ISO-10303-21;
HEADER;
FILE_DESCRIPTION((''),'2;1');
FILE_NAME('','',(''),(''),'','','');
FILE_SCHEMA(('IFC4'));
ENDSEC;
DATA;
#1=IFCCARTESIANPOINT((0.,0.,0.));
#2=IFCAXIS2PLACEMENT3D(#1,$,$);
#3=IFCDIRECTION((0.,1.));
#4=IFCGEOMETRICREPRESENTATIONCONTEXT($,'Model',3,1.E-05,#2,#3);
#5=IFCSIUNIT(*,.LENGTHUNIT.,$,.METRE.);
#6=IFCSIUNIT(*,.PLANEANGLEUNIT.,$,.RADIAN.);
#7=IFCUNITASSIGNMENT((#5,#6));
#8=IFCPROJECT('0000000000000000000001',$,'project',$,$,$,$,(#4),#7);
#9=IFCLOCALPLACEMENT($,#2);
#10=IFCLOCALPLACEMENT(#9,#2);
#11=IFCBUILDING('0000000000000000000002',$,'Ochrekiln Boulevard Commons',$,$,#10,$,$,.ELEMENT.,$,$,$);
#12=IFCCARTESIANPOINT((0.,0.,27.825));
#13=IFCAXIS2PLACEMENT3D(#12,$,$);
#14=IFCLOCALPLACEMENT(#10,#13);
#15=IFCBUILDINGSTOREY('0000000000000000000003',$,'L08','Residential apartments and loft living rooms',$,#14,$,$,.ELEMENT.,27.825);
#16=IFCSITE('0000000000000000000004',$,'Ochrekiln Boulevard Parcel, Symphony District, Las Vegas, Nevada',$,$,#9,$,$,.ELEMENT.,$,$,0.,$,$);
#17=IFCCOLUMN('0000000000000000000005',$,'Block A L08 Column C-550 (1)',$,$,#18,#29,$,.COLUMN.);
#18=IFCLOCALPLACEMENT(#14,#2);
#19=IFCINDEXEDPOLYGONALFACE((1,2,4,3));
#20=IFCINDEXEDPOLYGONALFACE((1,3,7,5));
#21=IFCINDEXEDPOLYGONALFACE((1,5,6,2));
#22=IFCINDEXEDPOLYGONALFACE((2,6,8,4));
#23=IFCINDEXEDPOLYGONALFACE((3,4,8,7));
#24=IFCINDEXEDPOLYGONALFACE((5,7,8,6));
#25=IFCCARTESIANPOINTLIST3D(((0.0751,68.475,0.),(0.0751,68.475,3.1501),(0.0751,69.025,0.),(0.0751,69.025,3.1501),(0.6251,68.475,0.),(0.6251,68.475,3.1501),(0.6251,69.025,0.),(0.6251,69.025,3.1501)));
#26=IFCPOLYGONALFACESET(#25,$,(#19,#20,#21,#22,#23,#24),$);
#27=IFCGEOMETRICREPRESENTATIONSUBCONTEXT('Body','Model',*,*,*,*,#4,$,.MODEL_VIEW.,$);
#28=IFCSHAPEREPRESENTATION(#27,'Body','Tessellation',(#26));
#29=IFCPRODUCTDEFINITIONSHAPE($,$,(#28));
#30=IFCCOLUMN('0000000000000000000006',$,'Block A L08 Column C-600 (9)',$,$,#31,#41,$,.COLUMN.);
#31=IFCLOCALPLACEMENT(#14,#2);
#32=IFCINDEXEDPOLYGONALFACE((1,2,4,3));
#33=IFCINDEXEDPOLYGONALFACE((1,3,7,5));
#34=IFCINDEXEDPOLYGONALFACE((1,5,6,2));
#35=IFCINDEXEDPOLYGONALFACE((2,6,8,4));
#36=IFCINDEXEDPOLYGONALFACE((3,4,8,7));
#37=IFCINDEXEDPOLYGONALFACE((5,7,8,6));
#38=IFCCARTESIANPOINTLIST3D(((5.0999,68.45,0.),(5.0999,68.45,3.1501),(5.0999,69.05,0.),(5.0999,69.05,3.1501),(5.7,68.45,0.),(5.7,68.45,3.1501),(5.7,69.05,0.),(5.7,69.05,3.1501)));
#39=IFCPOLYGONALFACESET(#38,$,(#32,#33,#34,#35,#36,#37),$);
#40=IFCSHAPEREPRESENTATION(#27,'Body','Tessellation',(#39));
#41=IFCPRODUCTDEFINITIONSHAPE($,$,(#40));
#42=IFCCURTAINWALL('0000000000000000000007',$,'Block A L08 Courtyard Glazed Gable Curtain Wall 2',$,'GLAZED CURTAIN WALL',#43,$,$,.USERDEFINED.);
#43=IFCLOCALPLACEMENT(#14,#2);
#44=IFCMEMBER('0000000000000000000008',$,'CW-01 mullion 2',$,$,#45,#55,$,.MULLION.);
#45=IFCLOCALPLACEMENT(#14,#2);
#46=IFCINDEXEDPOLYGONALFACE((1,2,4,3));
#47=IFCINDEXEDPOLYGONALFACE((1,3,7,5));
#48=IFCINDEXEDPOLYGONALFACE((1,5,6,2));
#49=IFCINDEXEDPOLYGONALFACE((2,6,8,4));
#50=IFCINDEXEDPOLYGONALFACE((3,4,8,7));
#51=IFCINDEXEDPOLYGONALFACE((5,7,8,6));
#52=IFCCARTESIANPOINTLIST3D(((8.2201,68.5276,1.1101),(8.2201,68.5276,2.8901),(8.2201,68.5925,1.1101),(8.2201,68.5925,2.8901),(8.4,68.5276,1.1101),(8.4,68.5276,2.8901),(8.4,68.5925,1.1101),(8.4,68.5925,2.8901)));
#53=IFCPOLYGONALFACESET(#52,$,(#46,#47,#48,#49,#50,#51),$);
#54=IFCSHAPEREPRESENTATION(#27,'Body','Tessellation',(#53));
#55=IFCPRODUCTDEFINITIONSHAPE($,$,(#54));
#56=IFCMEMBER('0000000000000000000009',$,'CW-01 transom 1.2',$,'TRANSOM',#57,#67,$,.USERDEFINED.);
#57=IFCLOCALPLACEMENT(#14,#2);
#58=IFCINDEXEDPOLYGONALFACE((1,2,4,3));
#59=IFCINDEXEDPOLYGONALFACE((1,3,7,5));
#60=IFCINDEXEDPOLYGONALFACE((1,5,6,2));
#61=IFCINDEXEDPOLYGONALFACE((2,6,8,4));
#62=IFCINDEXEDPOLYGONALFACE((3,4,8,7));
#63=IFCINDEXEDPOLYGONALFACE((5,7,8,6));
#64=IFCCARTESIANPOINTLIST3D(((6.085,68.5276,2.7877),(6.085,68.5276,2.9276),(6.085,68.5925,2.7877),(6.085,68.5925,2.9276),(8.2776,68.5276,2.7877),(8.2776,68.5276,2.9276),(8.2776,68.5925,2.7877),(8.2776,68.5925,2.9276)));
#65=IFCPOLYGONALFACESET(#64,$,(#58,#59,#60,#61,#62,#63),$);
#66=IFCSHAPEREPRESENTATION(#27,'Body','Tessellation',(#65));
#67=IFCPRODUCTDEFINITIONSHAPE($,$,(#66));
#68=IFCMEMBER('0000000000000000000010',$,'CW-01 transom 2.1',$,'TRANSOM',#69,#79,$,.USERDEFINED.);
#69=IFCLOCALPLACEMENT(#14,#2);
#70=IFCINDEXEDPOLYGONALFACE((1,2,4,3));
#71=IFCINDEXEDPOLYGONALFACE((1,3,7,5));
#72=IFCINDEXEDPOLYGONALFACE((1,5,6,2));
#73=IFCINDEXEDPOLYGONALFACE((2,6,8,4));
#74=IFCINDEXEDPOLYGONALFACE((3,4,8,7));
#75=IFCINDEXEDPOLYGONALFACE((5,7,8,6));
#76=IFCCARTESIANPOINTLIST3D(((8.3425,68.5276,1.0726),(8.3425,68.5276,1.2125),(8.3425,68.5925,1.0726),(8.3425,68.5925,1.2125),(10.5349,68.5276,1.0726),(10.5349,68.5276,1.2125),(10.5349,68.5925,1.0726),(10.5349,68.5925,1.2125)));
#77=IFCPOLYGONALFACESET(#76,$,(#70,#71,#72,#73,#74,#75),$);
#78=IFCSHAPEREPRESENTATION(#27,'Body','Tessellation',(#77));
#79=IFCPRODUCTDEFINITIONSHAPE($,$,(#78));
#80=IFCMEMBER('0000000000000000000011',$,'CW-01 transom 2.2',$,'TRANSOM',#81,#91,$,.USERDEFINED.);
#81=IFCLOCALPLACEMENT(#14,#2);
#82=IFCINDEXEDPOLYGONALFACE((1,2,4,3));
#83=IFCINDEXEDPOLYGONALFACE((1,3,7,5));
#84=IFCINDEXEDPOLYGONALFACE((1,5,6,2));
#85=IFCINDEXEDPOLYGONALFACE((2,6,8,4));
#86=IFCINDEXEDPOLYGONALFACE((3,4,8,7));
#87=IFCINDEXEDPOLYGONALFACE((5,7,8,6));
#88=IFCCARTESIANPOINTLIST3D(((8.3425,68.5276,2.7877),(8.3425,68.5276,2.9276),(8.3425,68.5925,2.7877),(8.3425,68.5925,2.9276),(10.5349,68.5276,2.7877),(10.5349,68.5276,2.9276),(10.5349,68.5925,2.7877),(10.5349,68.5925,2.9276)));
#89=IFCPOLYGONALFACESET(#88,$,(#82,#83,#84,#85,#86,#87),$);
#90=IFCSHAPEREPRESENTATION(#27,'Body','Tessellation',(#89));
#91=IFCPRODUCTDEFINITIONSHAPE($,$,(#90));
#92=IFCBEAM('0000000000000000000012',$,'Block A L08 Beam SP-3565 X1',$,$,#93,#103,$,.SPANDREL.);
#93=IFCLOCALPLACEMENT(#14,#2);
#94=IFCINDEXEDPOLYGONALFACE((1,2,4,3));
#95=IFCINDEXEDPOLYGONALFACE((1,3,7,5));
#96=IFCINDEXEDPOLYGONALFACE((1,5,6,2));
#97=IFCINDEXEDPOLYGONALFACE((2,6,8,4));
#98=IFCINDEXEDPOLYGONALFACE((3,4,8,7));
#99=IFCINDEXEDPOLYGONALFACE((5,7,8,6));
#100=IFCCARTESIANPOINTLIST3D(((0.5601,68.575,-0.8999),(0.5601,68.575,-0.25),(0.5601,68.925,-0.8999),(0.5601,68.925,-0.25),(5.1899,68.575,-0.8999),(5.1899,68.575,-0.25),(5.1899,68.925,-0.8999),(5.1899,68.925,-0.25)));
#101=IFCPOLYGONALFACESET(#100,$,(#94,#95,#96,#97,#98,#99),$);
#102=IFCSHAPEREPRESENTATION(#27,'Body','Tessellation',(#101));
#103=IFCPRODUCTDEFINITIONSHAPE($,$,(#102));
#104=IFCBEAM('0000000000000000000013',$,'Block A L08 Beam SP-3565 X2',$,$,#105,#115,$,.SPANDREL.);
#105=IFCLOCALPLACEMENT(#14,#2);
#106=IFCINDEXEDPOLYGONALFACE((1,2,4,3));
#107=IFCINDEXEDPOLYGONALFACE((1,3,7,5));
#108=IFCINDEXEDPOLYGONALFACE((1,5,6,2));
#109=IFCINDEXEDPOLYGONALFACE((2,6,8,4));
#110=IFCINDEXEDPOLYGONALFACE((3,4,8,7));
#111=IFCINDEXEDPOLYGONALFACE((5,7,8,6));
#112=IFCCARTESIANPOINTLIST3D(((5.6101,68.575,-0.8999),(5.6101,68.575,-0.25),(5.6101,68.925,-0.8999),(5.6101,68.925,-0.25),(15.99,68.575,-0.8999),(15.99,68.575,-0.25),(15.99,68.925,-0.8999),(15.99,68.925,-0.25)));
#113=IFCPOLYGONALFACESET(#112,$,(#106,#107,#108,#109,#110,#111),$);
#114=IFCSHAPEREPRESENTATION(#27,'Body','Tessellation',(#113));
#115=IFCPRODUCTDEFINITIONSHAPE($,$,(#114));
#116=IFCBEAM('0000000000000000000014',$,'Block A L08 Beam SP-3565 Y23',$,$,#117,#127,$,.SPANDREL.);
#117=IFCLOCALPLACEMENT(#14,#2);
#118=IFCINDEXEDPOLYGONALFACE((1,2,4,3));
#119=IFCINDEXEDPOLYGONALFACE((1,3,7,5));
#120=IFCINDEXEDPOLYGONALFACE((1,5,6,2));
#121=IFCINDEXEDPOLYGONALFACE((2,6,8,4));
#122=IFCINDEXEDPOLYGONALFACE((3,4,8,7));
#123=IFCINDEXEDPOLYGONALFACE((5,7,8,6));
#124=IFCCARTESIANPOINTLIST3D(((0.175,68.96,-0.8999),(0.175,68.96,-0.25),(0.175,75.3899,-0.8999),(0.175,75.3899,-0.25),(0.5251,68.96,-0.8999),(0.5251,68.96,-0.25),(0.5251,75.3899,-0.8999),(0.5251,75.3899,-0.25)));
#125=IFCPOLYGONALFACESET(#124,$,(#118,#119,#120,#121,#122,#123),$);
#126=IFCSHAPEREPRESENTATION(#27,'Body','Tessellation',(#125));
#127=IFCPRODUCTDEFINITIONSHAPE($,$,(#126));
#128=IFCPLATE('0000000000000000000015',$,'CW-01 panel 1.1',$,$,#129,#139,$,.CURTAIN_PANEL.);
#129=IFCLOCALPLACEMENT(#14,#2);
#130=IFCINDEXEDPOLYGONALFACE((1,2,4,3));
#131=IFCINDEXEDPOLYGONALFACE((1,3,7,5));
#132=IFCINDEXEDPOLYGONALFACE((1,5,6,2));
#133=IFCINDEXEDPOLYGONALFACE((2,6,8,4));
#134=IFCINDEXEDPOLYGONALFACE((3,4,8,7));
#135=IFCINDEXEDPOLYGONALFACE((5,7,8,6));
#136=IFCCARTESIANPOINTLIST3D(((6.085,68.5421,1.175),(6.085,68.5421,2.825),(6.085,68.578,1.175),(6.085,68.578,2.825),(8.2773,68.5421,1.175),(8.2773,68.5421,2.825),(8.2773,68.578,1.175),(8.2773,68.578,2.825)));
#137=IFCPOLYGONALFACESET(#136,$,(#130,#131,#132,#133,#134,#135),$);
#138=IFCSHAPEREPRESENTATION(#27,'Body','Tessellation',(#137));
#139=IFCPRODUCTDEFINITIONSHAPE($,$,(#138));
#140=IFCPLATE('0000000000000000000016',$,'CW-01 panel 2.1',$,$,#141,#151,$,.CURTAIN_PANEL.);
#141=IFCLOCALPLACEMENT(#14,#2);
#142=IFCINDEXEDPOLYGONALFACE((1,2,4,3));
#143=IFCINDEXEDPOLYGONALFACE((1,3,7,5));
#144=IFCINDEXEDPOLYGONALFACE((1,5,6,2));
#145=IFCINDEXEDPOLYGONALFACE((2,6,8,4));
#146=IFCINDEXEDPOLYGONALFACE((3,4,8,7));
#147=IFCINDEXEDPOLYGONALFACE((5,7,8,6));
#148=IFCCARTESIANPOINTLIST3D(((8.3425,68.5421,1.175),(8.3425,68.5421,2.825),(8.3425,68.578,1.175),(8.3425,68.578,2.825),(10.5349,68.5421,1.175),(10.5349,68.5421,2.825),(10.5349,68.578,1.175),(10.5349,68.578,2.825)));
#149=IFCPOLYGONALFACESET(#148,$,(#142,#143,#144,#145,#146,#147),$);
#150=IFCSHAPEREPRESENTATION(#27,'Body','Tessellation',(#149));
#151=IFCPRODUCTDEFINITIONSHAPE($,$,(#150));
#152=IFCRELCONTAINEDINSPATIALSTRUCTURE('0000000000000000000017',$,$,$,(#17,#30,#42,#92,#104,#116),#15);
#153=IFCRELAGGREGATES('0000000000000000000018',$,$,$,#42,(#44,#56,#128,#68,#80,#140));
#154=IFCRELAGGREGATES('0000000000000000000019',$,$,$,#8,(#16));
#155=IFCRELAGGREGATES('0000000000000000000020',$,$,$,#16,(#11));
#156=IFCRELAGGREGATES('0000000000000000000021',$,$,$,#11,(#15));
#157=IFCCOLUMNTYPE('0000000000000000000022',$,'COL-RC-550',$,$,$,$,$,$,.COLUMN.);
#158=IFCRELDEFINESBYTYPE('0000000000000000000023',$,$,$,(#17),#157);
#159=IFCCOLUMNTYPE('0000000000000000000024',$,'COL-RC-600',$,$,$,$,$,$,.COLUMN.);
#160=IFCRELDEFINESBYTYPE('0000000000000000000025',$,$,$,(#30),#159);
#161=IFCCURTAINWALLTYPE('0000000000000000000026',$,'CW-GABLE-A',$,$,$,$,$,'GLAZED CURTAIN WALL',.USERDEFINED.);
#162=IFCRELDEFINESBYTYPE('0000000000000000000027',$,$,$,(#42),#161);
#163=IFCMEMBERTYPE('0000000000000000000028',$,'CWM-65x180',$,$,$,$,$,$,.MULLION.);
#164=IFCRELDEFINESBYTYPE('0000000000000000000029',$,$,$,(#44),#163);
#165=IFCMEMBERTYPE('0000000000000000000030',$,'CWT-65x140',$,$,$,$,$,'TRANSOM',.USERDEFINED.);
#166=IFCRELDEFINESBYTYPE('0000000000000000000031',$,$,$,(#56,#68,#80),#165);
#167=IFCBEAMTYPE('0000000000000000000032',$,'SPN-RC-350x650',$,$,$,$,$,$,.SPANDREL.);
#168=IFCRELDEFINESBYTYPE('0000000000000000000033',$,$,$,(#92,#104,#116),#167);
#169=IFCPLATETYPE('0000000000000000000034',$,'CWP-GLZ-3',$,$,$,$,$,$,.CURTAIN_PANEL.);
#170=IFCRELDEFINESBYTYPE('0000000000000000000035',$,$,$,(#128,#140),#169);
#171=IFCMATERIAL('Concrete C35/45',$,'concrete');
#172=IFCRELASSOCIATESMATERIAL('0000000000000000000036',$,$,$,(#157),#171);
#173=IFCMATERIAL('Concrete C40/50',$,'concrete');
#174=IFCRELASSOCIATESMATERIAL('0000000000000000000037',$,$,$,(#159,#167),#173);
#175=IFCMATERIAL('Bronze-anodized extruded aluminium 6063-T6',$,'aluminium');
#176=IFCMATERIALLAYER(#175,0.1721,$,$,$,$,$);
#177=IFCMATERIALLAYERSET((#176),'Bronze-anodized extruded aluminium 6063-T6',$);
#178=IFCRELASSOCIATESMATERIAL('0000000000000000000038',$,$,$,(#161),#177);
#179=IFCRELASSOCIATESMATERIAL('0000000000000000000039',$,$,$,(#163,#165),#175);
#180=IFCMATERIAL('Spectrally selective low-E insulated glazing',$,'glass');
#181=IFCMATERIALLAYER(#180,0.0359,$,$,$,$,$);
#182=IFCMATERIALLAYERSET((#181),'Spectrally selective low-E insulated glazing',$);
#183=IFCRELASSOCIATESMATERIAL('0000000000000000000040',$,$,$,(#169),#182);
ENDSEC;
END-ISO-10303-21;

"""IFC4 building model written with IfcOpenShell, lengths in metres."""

from ifc_helpers import new_model, si_unit, direction, frame, origin, origin_2d, place, context, subcontext, project, spatial, rectangle, extrude, material, layer, layer_set, material_profile, profile_set, type_object, element, aggregate, save


model = new_model("IFC4")

# Units and contexts
model_context = context("Model", 3, precision=1e-05, world=origin(), true_north=direction((0.0, 1.0)))
body_context = subcontext(model_context, "Body", "Model", "MODEL_VIEW")
ifc_project = project(units=[si_unit("LENGTHUNIT", "METRE"), si_unit("PLANEANGLEUNIT", "RADIAN")], contexts=[model_context])

# Site, building, storey
site_placement = place(None, origin())
site = spatial("IfcSite", under=ifc_project, at=site_placement, Name="Ochrekiln Boulevard Parcel, Symphony District, Las Vegas, Nevada", CompositionType="ELEMENT", RefElevation=0.0)
building_placement = place(site_placement, origin())
building = spatial("IfcBuilding", under=site, at=building_placement, Name="Ochrekiln Boulevard Commons", CompositionType="ELEMENT")
storey_placement = place(building_placement, frame((0.0, 0.0, 27.825)))
storey = spatial("IfcBuildingStorey", under=building, at=storey_placement, Name="L08", Description="Residential apartments and loft living rooms", CompositionType="ELEMENT", Elevation=27.825)

# Columns
ifc_material_1 = material(Name="Concrete C35/45", Category="concrete")
ifc_material_profile_1 = material_profile(ifc_material_1, rectangle(XDim=0.55, YDim=0.55, at=origin_2d()), Name="RC-COL-550x550")
ifc_profile_set_1 = profile_set([ifc_material_profile_1], Name="Concrete C35/45")
column_type_1 = type_object("IfcColumnType", Name="COL-RC-550", PredefinedType="COLUMN", material=ifc_profile_set_1)
column_1_placement = place(storey_placement, frame((0.3501, 68.75, 0.0), z_axis=(0.0, 0.0, 1.0), x_axis=(1.0, 0.0, 0.0)))
element("IfcColumn", 1, at=column_1_placement, inside=storey, type_object=column_type_1, Name="Block A L08 Column C-550 (1)", PredefinedType="COLUMN", context=body_context, shape_type="SweptSolid", body=[
    extrude(rectangle(XDim=0.55, YDim=0.55, at=origin_2d()), origin(), (0.0, 0.0, 1.0), 3.1501),
])
ifc_material_2 = material(Name="Concrete C40/50", Category="concrete")
ifc_material_profile_2 = material_profile(ifc_material_2, rectangle(XDim=0.6001, YDim=0.6001, at=origin_2d()), Name="RC-COL-600x600")
ifc_profile_set_2 = profile_set([ifc_material_profile_2], Name="Concrete C40/50")
column_type_2 = type_object("IfcColumnType", Name="COL-RC-600", PredefinedType="COLUMN", material=ifc_profile_set_2)
column_2_placement = place(storey_placement, frame((5.3999, 68.75, 0.0), z_axis=(0.0, 0.0, 1.0), x_axis=(1.0, 0.0, 0.0)))
element("IfcColumn", 2, at=column_2_placement, inside=storey, type_object=column_type_2, Name="Block A L08 Column C-600 (9)", PredefinedType="COLUMN", context=body_context, shape_type="SweptSolid", body=[
    extrude(rectangle(XDim=0.6001, YDim=0.6001, at=origin_2d()), origin(), (0.0, 0.0, 1.0), 3.1501),
])

# Curtain wall, members
ifc_material_3 = material(Name="Bronze-anodized extruded aluminium 6063-T6", Category="aluminium")
ifc_layer_1 = layer(ifc_material_3, 0.1721)
ifc_layer_set_1 = layer_set([ifc_layer_1], Name="Bronze-anodized extruded aluminium 6063-T6")
curtain_wall_type = type_object("IfcCurtainWallType", Name="CW-GABLE-A", ElementType="GLAZED CURTAIN WALL", PredefinedType="USERDEFINED", material=ifc_layer_set_1)
curtain_wall_placement = place(storey_placement, origin())
curtain_wall = element("IfcCurtainWall", 3, at=curtain_wall_placement, inside=storey, type_object=curtain_wall_type, Name="Block A L08 Courtyard Glazed Gable Curtain Wall 2", ObjectType="GLAZED CURTAIN WALL", PredefinedType="USERDEFINED")
ifc_material_profile_3 = material_profile(ifc_material_3, rectangle(XDim=0.0649, YDim=0.1799, at=origin_2d()), Name="ALU-MUL-65x180")
ifc_profile_set_3 = profile_set([ifc_material_profile_3], Name="Bronze-anodized extruded aluminium 6063-T6")
member_type_1 = type_object("IfcMemberType", Name="CWM-65x180", PredefinedType="MULLION", material=ifc_profile_set_3)
member_1_placement = place(storey_placement, frame((8.3101, 68.5601, 1.1101), z_axis=(0.0, 0.0, 1.0), x_axis=(0.0, 1.0, 0.0)))
member_1 = element("IfcMember", 4, at=member_1_placement, type_object=member_type_1, Name="CW-01 mullion 2", PredefinedType="MULLION", context=body_context, shape_type="SweptSolid", body=[
    extrude(rectangle(XDim=0.0649, YDim=0.1799, at=origin_2d()), origin(), (0.0, 0.0, 1.0), 1.78),
])
ifc_material_profile_4 = material_profile(ifc_material_3, rectangle(XDim=0.0649, YDim=0.1399, at=origin_2d()), Name="ALU-TRN-65x140")
ifc_profile_set_4 = profile_set([ifc_material_profile_4], Name="Bronze-anodized extruded aluminium 6063-T6")
member_type_2 = type_object("IfcMemberType", Name="CWT-65x140", ElementType="TRANSOM", PredefinedType="USERDEFINED", material=ifc_profile_set_4)
member_2_placement = place(storey_placement, frame((6.085, 68.5601, 2.8577), z_axis=(1.0, 0.0, 0.0), x_axis=(0.0, 1.0, 0.0)))
member_2 = element("IfcMember", 5, at=member_2_placement, type_object=member_type_2, Name="CW-01 transom 1.2", ObjectType="TRANSOM", PredefinedType="USERDEFINED", context=body_context, shape_type="SweptSolid", body=[
    extrude(rectangle(XDim=0.0649, YDim=0.1399, at=origin_2d()), origin(), (0.0, 0.0, 1.0), 2.1926),
])
member_3_placement = place(storey_placement, frame((8.3425, 68.5601, 1.1426), z_axis=(1.0, 0.0, 0.0), x_axis=(0.0, 1.0, 0.0)))
member_3 = element("IfcMember", 6, at=member_3_placement, type_object=member_type_2, Name="CW-01 transom 2.1", ObjectType="TRANSOM", PredefinedType="USERDEFINED", context=body_context, shape_type="SweptSolid", body=[
    extrude(rectangle(XDim=0.0649, YDim=0.1399, at=origin_2d()), origin(), (0.0, 0.0, 1.0), 2.1924),
])
member_4_placement = place(storey_placement, frame((8.3425, 68.5601, 2.8577), z_axis=(1.0, 0.0, 0.0), x_axis=(0.0, 1.0, 0.0)))
member_4 = element("IfcMember", 7, at=member_4_placement, type_object=member_type_2, Name="CW-01 transom 2.2", ObjectType="TRANSOM", PredefinedType="USERDEFINED", context=body_context, shape_type="SweptSolid", body=[
    extrude(rectangle(XDim=0.0649, YDim=0.1399, at=origin_2d()), origin(), (0.0, 0.0, 1.0), 2.1924),
])

# Beams
ifc_material_profile_5 = material_profile(ifc_material_2, rectangle(XDim=0.3501, YDim=0.6499, at=origin_2d()), Name="RC-SPN-350x650")
ifc_profile_set_5 = profile_set([ifc_material_profile_5], Name="Concrete C40/50")
beam_type = type_object("IfcBeamType", Name="SPN-RC-350x650", PredefinedType="SPANDREL", material=ifc_profile_set_5)
beam_1_placement = place(storey_placement, frame((0.5601, 68.75, -0.575), z_axis=(1.0, 0.0, 0.0), x_axis=(0.0, 1.0, 0.0)))
element("IfcBeam", 8, at=beam_1_placement, inside=storey, type_object=beam_type, Name="Block A L08 Beam SP-3565 X1", PredefinedType="SPANDREL", context=body_context, shape_type="SweptSolid", body=[
    extrude(rectangle(XDim=0.3501, YDim=0.6499, at=origin_2d()), origin(), (0.0, 0.0, 1.0), 4.6299),
])
beam_2_placement = place(storey_placement, frame((5.6101, 68.75, -0.575), z_axis=(1.0, 0.0, 0.0), x_axis=(0.0, 1.0, 0.0)))
element("IfcBeam", 9, at=beam_2_placement, inside=storey, type_object=beam_type, Name="Block A L08 Beam SP-3565 X2", PredefinedType="SPANDREL", context=body_context, shape_type="SweptSolid", body=[
    extrude(rectangle(XDim=0.3501, YDim=0.6499, at=origin_2d()), origin(), (0.0, 0.0, 1.0), 10.3799),
])
beam_3_placement = place(storey_placement, frame((0.3501, 68.96, -0.575), z_axis=(0.0, 1.0, 0.0), x_axis=(-1.0, 0.0, 0.0)))
element("IfcBeam", 10, at=beam_3_placement, inside=storey, type_object=beam_type, Name="Block A L08 Beam SP-3565 Y23", PredefinedType="SPANDREL", context=body_context, shape_type="SweptSolid", body=[
    extrude(rectangle(XDim=0.3501, YDim=0.6499, at=origin_2d()), origin(), (0.0, 0.0, 1.0), 6.4299),
])

# Plates
ifc_material_4 = material(Name="Spectrally selective low-E insulated glazing", Category="glass")
ifc_layer_2 = layer(ifc_material_4, 0.0359)
ifc_layer_set_2 = layer_set([ifc_layer_2], Name="Spectrally selective low-E insulated glazing")
plate_type = type_object("IfcPlateType", Name="CWP-GLZ-3", PredefinedType="CURTAIN_PANEL", material=ifc_layer_set_2)
plate_1_placement = place(storey_placement, frame((7.1812, 68.5601, 1.175), z_axis=(0.0, 0.0, 1.0), x_axis=(1.0, 0.0, 0.0)))
plate_1 = element("IfcPlate", 11, at=plate_1_placement, type_object=plate_type, Name="CW-01 panel 1.1", PredefinedType="CURTAIN_PANEL", context=body_context, shape_type="SweptSolid", body=[
    extrude(rectangle(XDim=2.1924, YDim=0.0359, at=origin_2d()), origin(), (0.0, 0.0, 1.0), 1.6499),
])
plate_2_placement = place(storey_placement, frame((9.4387, 68.5601, 1.175), z_axis=(0.0, 0.0, 1.0), x_axis=(1.0, 0.0, 0.0)))
plate_2 = element("IfcPlate", 12, at=plate_2_placement, type_object=plate_type, Name="CW-01 panel 2.1", PredefinedType="CURTAIN_PANEL", context=body_context, shape_type="SweptSolid", body=[
    extrude(rectangle(XDim=2.1924, YDim=0.0359, at=origin_2d()), origin(), (0.0, 0.0, 1.0), 1.6499),
])
aggregate(curtain_wall, [member_1, member_2, plate_1, member_3, member_4, plate_2])

save(model, "model.ifc")
